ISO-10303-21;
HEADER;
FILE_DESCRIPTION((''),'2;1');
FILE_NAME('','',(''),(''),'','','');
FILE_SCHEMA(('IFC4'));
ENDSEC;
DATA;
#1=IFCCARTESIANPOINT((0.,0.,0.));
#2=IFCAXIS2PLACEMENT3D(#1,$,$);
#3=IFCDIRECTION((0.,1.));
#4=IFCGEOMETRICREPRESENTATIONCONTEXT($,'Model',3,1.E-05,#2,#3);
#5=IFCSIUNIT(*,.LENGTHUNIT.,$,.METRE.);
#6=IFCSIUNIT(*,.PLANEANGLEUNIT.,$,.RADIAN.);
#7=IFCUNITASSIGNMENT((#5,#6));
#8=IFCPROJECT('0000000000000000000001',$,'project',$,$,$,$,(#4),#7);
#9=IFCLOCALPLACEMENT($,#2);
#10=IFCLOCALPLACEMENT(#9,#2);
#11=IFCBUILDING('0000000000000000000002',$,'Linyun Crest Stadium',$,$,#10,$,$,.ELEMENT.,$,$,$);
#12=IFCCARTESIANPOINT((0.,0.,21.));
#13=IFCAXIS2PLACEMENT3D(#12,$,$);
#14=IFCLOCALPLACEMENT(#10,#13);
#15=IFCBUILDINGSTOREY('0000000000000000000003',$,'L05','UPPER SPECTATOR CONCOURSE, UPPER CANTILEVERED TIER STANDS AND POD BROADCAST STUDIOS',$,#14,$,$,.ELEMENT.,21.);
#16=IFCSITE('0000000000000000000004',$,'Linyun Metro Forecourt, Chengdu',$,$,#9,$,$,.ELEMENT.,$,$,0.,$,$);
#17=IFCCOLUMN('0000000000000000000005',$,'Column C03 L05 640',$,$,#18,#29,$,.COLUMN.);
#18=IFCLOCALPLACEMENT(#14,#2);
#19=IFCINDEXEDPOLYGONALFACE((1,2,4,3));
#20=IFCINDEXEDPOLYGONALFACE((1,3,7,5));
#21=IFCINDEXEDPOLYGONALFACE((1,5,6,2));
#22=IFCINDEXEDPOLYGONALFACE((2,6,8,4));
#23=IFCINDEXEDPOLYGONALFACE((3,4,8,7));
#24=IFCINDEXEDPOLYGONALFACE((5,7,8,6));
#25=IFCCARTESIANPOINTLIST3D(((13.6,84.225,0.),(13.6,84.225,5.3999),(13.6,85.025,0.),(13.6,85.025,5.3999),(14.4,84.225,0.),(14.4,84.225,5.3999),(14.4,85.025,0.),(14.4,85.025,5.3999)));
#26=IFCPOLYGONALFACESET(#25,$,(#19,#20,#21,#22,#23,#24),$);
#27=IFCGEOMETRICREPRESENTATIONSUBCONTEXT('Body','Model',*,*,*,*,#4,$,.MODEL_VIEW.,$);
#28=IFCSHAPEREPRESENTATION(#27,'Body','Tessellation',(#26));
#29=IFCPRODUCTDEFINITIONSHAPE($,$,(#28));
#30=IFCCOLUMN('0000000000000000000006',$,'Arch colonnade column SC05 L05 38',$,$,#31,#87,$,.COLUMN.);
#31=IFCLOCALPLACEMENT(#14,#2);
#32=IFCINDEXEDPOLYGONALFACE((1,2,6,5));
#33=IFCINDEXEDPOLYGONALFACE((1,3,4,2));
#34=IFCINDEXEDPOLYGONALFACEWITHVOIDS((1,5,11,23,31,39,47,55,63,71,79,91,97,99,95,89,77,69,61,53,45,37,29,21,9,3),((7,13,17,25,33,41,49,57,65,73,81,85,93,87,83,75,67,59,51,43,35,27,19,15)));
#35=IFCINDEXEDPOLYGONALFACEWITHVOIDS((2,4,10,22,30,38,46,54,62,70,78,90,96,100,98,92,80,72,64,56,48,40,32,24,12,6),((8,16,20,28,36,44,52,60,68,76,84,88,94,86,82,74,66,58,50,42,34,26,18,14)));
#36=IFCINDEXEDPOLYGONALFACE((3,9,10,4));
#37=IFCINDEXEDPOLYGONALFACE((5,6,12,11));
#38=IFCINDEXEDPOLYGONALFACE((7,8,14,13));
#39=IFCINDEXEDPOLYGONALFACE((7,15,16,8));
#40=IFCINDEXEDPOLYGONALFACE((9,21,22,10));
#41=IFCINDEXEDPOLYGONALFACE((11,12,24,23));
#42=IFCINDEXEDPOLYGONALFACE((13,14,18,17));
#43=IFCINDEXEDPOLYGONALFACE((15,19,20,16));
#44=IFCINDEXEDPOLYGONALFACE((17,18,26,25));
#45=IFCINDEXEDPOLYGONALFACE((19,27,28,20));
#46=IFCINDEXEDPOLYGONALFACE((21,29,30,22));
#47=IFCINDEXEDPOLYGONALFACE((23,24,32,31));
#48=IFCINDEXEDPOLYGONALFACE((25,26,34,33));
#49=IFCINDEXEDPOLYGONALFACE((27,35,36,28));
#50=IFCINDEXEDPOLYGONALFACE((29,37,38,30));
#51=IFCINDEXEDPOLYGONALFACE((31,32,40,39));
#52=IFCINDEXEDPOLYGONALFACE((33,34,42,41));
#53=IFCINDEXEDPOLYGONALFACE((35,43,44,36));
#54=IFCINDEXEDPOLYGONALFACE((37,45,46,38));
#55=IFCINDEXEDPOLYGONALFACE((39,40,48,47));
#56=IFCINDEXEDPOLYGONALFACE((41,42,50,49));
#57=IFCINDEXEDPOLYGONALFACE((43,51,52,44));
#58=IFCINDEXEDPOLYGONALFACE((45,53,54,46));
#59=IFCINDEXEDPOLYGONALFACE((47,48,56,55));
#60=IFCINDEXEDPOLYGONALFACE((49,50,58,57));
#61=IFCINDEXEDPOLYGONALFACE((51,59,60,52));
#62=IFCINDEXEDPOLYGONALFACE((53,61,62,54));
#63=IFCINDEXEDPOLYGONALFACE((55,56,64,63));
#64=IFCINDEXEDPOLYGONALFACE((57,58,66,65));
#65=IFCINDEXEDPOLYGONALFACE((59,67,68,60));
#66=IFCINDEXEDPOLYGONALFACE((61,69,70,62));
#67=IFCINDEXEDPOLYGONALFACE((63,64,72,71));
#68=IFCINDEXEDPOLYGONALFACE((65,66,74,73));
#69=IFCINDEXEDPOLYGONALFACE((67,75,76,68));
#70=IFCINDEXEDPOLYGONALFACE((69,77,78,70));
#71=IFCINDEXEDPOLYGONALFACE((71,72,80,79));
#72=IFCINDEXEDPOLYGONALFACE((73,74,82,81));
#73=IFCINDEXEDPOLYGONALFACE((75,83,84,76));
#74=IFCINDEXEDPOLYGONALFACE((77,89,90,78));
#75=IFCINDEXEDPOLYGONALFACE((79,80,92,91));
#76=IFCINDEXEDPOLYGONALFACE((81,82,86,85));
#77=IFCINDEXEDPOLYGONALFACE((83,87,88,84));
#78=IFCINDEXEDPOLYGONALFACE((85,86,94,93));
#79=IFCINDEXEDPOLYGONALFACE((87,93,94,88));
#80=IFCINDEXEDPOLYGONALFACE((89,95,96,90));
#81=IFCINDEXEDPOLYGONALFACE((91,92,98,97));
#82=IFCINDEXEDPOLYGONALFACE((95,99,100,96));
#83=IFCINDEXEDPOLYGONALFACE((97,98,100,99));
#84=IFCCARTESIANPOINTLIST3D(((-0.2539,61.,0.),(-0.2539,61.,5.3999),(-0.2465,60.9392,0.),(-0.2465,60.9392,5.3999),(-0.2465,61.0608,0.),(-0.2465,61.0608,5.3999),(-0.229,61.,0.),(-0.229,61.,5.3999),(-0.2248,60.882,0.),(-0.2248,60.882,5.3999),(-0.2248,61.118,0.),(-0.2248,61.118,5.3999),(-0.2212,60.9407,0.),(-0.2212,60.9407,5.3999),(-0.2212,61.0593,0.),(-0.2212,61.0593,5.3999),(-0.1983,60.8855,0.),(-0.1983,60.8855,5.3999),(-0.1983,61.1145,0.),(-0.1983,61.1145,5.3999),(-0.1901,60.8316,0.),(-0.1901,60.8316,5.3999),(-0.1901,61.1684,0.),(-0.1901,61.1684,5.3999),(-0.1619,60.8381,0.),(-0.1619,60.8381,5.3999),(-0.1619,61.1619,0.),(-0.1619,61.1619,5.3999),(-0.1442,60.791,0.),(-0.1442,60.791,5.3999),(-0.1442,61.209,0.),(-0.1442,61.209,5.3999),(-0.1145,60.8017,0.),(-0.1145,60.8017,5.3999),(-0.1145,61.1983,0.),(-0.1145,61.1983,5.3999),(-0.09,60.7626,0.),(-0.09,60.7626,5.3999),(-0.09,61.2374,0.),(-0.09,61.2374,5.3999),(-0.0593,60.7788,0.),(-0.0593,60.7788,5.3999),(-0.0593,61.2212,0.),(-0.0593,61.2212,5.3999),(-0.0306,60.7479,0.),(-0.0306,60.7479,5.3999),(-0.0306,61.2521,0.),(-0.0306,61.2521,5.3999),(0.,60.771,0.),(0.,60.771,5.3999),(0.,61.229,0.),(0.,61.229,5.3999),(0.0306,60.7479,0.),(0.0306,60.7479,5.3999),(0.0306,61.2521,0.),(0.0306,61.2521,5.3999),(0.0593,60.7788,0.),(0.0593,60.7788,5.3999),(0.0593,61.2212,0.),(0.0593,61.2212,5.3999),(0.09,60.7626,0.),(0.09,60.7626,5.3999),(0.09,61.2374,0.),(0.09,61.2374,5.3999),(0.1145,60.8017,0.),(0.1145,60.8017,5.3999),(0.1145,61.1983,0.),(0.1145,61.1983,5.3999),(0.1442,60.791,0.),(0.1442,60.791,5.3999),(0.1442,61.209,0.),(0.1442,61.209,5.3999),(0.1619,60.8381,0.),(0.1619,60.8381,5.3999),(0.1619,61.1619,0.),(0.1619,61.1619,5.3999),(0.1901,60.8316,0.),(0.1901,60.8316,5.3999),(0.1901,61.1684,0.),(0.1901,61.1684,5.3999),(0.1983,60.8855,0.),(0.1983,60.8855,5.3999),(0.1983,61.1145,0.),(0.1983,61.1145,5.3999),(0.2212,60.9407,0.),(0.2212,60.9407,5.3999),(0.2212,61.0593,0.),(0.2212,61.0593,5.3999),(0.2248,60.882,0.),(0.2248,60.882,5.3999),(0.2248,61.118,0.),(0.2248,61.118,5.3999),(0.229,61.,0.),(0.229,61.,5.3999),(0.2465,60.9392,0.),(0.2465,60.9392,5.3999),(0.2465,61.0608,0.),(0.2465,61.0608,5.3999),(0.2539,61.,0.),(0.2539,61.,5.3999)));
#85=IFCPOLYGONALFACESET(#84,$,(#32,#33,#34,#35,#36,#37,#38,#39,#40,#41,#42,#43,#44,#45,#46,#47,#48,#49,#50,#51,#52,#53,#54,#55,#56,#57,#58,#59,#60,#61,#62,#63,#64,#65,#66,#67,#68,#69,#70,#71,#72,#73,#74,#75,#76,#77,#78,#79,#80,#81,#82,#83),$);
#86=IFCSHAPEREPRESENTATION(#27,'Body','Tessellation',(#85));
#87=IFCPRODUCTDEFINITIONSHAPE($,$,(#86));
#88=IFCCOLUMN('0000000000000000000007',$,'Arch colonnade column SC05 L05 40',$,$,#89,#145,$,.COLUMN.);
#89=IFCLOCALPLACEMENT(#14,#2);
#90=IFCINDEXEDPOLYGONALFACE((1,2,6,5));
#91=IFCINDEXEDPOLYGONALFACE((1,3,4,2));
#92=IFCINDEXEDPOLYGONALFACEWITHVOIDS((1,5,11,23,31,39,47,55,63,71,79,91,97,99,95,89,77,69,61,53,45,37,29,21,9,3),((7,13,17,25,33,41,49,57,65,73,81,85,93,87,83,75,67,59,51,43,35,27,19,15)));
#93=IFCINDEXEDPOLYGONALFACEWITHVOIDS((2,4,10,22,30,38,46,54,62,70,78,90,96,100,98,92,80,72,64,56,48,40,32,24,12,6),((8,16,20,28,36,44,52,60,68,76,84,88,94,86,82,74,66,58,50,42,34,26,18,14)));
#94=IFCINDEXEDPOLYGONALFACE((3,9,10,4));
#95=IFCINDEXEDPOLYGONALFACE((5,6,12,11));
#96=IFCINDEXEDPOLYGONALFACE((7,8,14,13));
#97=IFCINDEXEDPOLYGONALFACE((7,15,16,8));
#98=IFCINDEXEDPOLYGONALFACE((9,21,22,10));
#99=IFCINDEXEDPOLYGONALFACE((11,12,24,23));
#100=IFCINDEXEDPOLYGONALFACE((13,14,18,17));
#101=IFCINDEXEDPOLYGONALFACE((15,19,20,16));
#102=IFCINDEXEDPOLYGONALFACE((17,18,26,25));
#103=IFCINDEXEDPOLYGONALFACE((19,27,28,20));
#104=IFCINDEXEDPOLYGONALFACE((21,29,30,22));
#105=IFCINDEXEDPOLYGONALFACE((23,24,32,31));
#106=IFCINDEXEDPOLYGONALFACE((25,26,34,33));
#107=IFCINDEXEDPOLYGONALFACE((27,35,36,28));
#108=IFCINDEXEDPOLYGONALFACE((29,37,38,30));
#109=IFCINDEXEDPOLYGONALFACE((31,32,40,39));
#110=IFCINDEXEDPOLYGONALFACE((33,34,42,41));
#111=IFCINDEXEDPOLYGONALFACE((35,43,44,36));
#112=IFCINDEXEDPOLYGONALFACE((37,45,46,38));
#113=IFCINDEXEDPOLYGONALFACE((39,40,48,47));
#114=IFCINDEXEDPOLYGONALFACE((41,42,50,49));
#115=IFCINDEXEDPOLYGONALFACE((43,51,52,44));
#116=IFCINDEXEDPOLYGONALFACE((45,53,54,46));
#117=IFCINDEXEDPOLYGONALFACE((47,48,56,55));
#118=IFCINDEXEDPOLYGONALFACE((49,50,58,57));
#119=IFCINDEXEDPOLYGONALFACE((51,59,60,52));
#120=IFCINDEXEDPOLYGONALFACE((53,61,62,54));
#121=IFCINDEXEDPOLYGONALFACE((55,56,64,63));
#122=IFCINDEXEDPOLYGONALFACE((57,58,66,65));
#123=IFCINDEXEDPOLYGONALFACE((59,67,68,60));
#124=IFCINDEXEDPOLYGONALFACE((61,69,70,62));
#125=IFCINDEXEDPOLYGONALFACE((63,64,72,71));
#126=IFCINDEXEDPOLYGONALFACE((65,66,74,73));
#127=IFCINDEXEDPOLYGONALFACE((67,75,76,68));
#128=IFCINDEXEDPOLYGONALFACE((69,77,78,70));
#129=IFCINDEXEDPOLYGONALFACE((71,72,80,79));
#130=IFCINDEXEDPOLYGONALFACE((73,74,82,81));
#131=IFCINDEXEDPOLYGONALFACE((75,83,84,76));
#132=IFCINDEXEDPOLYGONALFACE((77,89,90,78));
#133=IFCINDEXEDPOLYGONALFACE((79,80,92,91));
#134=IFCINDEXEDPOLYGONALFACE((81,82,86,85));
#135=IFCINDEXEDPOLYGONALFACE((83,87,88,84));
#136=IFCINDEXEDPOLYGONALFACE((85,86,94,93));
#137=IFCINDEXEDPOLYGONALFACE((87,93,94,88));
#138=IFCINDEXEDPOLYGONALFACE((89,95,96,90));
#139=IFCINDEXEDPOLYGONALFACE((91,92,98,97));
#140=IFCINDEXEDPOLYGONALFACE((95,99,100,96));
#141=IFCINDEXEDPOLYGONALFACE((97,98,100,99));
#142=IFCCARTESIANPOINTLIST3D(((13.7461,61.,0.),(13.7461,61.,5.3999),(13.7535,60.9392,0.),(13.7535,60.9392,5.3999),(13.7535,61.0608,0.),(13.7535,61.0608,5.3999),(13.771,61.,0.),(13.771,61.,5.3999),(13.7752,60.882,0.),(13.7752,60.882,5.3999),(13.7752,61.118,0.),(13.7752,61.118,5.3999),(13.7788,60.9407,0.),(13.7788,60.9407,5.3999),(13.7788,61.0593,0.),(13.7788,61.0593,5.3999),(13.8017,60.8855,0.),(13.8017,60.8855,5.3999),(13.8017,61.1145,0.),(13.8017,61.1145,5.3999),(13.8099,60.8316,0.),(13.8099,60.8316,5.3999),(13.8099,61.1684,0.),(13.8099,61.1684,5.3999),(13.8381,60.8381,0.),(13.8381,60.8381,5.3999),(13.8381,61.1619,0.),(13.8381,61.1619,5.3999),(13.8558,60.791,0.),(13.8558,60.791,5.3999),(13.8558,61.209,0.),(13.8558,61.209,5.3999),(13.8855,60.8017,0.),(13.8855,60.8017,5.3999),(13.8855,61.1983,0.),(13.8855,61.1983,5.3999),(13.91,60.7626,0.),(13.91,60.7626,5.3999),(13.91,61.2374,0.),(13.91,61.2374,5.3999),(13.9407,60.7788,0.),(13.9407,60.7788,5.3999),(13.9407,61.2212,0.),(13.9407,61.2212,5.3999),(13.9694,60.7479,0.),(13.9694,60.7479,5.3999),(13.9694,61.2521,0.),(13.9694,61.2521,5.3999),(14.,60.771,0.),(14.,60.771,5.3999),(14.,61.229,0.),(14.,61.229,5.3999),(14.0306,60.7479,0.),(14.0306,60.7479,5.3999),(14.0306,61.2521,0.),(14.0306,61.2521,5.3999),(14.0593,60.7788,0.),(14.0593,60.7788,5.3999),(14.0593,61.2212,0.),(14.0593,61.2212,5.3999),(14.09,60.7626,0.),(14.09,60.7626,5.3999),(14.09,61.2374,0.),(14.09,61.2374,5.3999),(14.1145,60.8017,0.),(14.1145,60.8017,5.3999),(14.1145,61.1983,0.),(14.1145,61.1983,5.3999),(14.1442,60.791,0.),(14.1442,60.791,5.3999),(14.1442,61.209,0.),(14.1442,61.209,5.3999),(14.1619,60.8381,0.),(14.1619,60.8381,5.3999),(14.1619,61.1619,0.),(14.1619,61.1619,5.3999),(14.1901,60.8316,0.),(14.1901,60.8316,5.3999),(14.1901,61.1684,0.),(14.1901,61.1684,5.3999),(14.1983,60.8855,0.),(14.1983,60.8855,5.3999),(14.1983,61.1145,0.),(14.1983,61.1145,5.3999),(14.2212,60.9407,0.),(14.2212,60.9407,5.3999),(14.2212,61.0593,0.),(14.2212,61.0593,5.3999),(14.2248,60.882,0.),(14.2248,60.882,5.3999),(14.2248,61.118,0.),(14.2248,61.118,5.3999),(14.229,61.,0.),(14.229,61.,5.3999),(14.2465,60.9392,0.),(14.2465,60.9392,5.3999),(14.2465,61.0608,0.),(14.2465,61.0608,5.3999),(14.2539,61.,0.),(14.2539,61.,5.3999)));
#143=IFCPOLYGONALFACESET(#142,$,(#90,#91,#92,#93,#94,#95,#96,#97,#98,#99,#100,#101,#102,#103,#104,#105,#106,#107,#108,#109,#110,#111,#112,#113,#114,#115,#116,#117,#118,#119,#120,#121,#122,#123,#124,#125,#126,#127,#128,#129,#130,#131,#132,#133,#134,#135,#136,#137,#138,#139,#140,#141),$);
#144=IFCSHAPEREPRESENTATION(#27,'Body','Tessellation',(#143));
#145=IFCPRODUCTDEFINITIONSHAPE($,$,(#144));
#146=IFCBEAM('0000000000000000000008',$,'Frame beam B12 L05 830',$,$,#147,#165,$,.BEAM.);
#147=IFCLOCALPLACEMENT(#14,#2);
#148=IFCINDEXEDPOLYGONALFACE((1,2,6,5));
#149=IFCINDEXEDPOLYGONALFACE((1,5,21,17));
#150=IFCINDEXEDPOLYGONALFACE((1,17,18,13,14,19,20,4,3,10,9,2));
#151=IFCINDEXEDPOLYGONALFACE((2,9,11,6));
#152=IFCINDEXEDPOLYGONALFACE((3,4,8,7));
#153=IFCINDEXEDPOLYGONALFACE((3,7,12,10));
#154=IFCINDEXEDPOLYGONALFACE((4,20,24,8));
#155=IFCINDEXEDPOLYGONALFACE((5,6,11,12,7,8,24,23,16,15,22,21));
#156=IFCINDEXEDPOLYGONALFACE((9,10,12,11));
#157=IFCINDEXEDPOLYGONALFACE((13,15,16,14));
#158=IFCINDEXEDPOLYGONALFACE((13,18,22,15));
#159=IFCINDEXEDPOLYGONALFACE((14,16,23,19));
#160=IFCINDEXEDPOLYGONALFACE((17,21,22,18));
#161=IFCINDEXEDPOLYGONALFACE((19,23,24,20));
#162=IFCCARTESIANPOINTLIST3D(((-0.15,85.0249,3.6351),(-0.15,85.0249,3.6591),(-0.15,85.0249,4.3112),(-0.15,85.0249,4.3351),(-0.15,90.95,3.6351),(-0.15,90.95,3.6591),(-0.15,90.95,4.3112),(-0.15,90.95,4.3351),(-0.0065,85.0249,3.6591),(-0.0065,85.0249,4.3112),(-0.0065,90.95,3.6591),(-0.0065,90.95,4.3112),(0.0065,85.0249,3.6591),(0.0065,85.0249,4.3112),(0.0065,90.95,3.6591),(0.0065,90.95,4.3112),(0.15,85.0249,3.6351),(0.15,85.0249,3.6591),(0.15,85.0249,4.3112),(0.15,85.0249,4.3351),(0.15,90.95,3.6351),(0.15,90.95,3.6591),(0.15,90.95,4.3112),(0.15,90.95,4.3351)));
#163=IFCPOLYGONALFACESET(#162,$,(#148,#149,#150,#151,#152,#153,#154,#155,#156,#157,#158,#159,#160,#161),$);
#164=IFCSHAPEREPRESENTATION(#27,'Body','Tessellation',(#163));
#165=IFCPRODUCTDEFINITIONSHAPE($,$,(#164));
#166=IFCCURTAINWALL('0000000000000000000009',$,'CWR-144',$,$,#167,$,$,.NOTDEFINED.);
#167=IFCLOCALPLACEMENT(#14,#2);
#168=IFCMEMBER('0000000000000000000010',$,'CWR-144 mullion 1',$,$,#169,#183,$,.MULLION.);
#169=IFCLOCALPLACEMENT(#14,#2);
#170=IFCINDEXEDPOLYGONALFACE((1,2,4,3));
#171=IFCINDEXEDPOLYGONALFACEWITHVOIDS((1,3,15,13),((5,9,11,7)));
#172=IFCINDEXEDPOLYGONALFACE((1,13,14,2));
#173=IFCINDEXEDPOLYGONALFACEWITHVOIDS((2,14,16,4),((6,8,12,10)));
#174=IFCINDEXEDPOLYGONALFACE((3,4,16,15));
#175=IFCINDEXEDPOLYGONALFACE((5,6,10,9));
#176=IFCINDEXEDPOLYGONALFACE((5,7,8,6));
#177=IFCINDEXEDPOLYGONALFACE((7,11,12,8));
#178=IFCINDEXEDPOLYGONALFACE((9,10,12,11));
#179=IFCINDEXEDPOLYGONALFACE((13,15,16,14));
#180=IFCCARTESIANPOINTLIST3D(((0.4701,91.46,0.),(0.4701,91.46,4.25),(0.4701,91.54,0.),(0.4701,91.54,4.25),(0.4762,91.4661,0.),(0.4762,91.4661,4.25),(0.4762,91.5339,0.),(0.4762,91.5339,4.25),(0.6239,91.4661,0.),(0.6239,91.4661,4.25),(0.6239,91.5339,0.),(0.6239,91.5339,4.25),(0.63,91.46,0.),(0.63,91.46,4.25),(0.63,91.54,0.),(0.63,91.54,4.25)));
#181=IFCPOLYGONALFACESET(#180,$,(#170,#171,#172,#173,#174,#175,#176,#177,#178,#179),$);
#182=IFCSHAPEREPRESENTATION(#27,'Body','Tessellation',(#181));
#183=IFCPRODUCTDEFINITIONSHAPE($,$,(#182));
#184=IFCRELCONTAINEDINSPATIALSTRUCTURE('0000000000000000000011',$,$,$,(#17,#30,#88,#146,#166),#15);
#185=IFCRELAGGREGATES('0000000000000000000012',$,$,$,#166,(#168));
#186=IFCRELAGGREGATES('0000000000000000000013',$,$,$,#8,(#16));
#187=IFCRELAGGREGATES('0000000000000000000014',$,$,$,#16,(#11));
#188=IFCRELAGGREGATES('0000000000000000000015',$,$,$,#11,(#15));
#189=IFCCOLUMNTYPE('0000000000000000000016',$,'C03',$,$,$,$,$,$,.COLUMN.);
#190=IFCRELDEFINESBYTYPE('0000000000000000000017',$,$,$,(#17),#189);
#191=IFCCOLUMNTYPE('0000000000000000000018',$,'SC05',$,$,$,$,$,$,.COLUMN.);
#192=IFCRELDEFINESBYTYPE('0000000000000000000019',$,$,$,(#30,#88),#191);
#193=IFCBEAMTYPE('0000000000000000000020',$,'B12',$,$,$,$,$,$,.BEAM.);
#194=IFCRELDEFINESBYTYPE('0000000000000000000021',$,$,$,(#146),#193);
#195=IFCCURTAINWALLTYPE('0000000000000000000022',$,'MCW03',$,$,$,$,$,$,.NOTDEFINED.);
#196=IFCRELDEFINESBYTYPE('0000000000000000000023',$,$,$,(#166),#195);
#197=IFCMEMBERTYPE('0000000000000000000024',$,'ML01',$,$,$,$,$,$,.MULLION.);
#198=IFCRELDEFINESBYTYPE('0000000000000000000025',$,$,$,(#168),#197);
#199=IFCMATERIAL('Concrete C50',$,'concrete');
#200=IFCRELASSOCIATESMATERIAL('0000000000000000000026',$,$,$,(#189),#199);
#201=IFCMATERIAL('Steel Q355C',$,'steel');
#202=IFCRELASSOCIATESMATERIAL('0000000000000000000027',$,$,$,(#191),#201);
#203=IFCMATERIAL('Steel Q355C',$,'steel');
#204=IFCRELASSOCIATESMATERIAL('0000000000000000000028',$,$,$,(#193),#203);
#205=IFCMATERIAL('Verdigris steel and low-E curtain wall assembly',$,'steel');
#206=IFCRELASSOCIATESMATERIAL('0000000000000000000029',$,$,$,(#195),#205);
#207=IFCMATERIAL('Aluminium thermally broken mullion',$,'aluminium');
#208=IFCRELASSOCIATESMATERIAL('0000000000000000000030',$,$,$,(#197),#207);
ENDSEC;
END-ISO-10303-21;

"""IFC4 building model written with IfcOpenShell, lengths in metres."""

from ifc_helpers import new_model, si_unit, direction, frame, origin, origin_2d, place, context, subcontext, project, spatial, rectangle, hollow_rectangle, hollow_circle, i_section, extrude, material, material_profile, profile_set, type_object, element, aggregate, save


model = new_model("IFC4")

# Units and contexts
model_context = context("Model", 3, precision=1e-05, world=origin(), true_north=direction((0.0, 1.0)))
body_context = subcontext(model_context, "Body", "Model", "MODEL_VIEW")
ifc_project = project(units=[si_unit("LENGTHUNIT", "METRE"), si_unit("PLANEANGLEUNIT", "RADIAN")], contexts=[model_context])

# Site, building, storey
site_placement = place(None, origin())
site = spatial("IfcSite", under=ifc_project, at=site_placement, Name="Linyun Metro Forecourt, Chengdu", CompositionType="ELEMENT", RefElevation=0.0)
building_placement = place(site_placement, origin())
building = spatial("IfcBuilding", under=site, at=building_placement, Name="Linyun Crest Stadium", CompositionType="ELEMENT")
storey_placement = place(building_placement, frame((0.0, 0.0, 21.0)))
storey = spatial("IfcBuildingStorey", under=building, at=storey_placement, Name="L05", Description="UPPER SPECTATOR CONCOURSE, UPPER CANTILEVERED TIER STANDS AND POD BROADCAST STUDIOS", CompositionType="ELEMENT", Elevation=21.0)

# Columns
ifc_material_1 = material(Name="Concrete C50", Category="concrete")
ifc_material_profile_1 = material_profile(ifc_material_1, rectangle(XDim=0.8, YDim=0.8, at=origin_2d()), Name="RC 800x800")
ifc_profile_set_1 = profile_set([ifc_material_profile_1], Name="Concrete C50")
column_type_1 = type_object("IfcColumnType", Name="C03", PredefinedType="COLUMN", material=ifc_profile_set_1)
column_placement = place(storey_placement, frame((14.0, 84.625, 0.0), z_axis=(0.0, 0.0, 1.0), x_axis=(1.0, 0.0, 0.0)))
element("IfcColumn", 1, at=column_placement, inside=storey, type_object=column_type_1, Name="Column C03 L05 640", PredefinedType="COLUMN", context=body_context, shape_type="SweptSolid", body=[
    extrude(rectangle(XDim=0.8, YDim=0.8, at=origin_2d()), origin(), (0.0, 0.0, 1.0), 5.3999),
])
ifc_material_2 = material(Name="Steel Q355C", Category="steel")
ifc_material_profile_2 = material_profile(ifc_material_2, hollow_circle(Radius=0.2539, WallThickness=0.0249, at=origin_2d()), Name="CHS 508x25")
ifc_profile_set_2 = profile_set([ifc_material_profile_2], Name="Steel Q355C")
column_type_2 = type_object("IfcColumnType", Name="SC05", PredefinedType="COLUMN", material=ifc_profile_set_2)
for number, where, z_axis, x_axis, name in (
    (2, (0.0, 61.0, 0.0), (0.0, 0.0, 1.0), (1.0, 0.0, 0.0), "Arch colonnade column SC05 L05 38"),
    (3, (14.0, 61.0, 0.0), (0.0, 0.0, 1.0), (1.0, 0.0, 0.0), "Arch colonnade column SC05 L05 40"),
):
    element("IfcColumn", number, at=place(storey_placement, frame(where, z_axis=z_axis, x_axis=x_axis)), inside=storey, type_object=column_type_2, Name=name, PredefinedType="COLUMN", context=body_context, shape_type="SweptSolid", body=[
        extrude(hollow_circle(Radius=0.2539, WallThickness=0.0249, at=origin_2d()), origin(), (0.0, 0.0, 1.0), 5.3999),
    ])

# Beam
ifc_material_3 = material(Name="Steel Q355C", Category="steel")
ifc_material_profile_3 = material_profile(ifc_material_3, i_section(OverallWidth=0.3, OverallDepth=0.7, WebThickness=0.0129, FlangeThickness=0.0239, at=origin_2d()), Name="HN 700x300")
ifc_profile_set_3 = profile_set([ifc_material_profile_3], Name="Steel Q355C")
beam_type_1 = type_object("IfcBeamType", Name="B12", PredefinedType="BEAM", material=ifc_profile_set_3)
beam_1_placement = place(storey_placement, frame((0.0, 85.0249, 3.9851), z_axis=(0.0, 1.0, 0.0), x_axis=(-1.0, 0.0, 0.0)))
element("IfcBeam", 4, at=beam_1_placement, inside=storey, type_object=beam_type_1, Name="Frame beam B12 L05 830", PredefinedType="BEAM", context=body_context, shape_type="SweptSolid", body=[
    extrude(i_section(OverallWidth=0.3, OverallDepth=0.7, WebThickness=0.0129, FlangeThickness=0.0239, at=origin_2d()), origin(), (0.0, 0.0, 1.0), 5.925),
])

# Curtain wall, member
ifc_material_4 = material(Name="Verdigris steel and low-E curtain wall assembly", Category="steel")
curtain_wall_type = type_object("IfcCurtainWallType", Name="MCW03", PredefinedType="NOTDEFINED", material=ifc_material_4)
curtain_wall_placement = place(storey_placement, origin())
curtain_wall = element("IfcCurtainWall", 5, at=curtain_wall_placement, inside=storey, type_object=curtain_wall_type, Name="CWR-144", PredefinedType="NOTDEFINED")
ifc_material_5 = material(Name="Aluminium thermally broken mullion", Category="aluminium")
ifc_material_profile_4 = material_profile(ifc_material_5, hollow_rectangle(XDim=0.0801, YDim=0.1599, WallThickness=0.0061, at=origin_2d()), Name="RHS 160x80x6")
ifc_profile_set_4 = profile_set([ifc_material_profile_4], Name="Aluminium thermally broken mullion")
member_type_1 = type_object("IfcMemberType", Name="ML01", PredefinedType="MULLION", material=ifc_profile_set_4)
member_1_placement = place(storey_placement, frame((0.55, 91.5, 0.0), z_axis=(0.0, 0.0, 1.0), x_axis=(0.0, 1.0, 0.0)))
member_1 = element("IfcMember", 6, at=member_1_placement, type_object=member_type_1, Name="CWR-144 mullion 1", PredefinedType="MULLION", context=body_context, shape_type="SweptSolid", body=[
    extrude(hollow_rectangle(XDim=0.0801, YDim=0.1599, WallThickness=0.0061, at=origin_2d()), origin(), (0.0, 0.0, 1.0), 4.25),
])

aggregate(curtain_wall, [member_1])

save(model, "model.ifc")
